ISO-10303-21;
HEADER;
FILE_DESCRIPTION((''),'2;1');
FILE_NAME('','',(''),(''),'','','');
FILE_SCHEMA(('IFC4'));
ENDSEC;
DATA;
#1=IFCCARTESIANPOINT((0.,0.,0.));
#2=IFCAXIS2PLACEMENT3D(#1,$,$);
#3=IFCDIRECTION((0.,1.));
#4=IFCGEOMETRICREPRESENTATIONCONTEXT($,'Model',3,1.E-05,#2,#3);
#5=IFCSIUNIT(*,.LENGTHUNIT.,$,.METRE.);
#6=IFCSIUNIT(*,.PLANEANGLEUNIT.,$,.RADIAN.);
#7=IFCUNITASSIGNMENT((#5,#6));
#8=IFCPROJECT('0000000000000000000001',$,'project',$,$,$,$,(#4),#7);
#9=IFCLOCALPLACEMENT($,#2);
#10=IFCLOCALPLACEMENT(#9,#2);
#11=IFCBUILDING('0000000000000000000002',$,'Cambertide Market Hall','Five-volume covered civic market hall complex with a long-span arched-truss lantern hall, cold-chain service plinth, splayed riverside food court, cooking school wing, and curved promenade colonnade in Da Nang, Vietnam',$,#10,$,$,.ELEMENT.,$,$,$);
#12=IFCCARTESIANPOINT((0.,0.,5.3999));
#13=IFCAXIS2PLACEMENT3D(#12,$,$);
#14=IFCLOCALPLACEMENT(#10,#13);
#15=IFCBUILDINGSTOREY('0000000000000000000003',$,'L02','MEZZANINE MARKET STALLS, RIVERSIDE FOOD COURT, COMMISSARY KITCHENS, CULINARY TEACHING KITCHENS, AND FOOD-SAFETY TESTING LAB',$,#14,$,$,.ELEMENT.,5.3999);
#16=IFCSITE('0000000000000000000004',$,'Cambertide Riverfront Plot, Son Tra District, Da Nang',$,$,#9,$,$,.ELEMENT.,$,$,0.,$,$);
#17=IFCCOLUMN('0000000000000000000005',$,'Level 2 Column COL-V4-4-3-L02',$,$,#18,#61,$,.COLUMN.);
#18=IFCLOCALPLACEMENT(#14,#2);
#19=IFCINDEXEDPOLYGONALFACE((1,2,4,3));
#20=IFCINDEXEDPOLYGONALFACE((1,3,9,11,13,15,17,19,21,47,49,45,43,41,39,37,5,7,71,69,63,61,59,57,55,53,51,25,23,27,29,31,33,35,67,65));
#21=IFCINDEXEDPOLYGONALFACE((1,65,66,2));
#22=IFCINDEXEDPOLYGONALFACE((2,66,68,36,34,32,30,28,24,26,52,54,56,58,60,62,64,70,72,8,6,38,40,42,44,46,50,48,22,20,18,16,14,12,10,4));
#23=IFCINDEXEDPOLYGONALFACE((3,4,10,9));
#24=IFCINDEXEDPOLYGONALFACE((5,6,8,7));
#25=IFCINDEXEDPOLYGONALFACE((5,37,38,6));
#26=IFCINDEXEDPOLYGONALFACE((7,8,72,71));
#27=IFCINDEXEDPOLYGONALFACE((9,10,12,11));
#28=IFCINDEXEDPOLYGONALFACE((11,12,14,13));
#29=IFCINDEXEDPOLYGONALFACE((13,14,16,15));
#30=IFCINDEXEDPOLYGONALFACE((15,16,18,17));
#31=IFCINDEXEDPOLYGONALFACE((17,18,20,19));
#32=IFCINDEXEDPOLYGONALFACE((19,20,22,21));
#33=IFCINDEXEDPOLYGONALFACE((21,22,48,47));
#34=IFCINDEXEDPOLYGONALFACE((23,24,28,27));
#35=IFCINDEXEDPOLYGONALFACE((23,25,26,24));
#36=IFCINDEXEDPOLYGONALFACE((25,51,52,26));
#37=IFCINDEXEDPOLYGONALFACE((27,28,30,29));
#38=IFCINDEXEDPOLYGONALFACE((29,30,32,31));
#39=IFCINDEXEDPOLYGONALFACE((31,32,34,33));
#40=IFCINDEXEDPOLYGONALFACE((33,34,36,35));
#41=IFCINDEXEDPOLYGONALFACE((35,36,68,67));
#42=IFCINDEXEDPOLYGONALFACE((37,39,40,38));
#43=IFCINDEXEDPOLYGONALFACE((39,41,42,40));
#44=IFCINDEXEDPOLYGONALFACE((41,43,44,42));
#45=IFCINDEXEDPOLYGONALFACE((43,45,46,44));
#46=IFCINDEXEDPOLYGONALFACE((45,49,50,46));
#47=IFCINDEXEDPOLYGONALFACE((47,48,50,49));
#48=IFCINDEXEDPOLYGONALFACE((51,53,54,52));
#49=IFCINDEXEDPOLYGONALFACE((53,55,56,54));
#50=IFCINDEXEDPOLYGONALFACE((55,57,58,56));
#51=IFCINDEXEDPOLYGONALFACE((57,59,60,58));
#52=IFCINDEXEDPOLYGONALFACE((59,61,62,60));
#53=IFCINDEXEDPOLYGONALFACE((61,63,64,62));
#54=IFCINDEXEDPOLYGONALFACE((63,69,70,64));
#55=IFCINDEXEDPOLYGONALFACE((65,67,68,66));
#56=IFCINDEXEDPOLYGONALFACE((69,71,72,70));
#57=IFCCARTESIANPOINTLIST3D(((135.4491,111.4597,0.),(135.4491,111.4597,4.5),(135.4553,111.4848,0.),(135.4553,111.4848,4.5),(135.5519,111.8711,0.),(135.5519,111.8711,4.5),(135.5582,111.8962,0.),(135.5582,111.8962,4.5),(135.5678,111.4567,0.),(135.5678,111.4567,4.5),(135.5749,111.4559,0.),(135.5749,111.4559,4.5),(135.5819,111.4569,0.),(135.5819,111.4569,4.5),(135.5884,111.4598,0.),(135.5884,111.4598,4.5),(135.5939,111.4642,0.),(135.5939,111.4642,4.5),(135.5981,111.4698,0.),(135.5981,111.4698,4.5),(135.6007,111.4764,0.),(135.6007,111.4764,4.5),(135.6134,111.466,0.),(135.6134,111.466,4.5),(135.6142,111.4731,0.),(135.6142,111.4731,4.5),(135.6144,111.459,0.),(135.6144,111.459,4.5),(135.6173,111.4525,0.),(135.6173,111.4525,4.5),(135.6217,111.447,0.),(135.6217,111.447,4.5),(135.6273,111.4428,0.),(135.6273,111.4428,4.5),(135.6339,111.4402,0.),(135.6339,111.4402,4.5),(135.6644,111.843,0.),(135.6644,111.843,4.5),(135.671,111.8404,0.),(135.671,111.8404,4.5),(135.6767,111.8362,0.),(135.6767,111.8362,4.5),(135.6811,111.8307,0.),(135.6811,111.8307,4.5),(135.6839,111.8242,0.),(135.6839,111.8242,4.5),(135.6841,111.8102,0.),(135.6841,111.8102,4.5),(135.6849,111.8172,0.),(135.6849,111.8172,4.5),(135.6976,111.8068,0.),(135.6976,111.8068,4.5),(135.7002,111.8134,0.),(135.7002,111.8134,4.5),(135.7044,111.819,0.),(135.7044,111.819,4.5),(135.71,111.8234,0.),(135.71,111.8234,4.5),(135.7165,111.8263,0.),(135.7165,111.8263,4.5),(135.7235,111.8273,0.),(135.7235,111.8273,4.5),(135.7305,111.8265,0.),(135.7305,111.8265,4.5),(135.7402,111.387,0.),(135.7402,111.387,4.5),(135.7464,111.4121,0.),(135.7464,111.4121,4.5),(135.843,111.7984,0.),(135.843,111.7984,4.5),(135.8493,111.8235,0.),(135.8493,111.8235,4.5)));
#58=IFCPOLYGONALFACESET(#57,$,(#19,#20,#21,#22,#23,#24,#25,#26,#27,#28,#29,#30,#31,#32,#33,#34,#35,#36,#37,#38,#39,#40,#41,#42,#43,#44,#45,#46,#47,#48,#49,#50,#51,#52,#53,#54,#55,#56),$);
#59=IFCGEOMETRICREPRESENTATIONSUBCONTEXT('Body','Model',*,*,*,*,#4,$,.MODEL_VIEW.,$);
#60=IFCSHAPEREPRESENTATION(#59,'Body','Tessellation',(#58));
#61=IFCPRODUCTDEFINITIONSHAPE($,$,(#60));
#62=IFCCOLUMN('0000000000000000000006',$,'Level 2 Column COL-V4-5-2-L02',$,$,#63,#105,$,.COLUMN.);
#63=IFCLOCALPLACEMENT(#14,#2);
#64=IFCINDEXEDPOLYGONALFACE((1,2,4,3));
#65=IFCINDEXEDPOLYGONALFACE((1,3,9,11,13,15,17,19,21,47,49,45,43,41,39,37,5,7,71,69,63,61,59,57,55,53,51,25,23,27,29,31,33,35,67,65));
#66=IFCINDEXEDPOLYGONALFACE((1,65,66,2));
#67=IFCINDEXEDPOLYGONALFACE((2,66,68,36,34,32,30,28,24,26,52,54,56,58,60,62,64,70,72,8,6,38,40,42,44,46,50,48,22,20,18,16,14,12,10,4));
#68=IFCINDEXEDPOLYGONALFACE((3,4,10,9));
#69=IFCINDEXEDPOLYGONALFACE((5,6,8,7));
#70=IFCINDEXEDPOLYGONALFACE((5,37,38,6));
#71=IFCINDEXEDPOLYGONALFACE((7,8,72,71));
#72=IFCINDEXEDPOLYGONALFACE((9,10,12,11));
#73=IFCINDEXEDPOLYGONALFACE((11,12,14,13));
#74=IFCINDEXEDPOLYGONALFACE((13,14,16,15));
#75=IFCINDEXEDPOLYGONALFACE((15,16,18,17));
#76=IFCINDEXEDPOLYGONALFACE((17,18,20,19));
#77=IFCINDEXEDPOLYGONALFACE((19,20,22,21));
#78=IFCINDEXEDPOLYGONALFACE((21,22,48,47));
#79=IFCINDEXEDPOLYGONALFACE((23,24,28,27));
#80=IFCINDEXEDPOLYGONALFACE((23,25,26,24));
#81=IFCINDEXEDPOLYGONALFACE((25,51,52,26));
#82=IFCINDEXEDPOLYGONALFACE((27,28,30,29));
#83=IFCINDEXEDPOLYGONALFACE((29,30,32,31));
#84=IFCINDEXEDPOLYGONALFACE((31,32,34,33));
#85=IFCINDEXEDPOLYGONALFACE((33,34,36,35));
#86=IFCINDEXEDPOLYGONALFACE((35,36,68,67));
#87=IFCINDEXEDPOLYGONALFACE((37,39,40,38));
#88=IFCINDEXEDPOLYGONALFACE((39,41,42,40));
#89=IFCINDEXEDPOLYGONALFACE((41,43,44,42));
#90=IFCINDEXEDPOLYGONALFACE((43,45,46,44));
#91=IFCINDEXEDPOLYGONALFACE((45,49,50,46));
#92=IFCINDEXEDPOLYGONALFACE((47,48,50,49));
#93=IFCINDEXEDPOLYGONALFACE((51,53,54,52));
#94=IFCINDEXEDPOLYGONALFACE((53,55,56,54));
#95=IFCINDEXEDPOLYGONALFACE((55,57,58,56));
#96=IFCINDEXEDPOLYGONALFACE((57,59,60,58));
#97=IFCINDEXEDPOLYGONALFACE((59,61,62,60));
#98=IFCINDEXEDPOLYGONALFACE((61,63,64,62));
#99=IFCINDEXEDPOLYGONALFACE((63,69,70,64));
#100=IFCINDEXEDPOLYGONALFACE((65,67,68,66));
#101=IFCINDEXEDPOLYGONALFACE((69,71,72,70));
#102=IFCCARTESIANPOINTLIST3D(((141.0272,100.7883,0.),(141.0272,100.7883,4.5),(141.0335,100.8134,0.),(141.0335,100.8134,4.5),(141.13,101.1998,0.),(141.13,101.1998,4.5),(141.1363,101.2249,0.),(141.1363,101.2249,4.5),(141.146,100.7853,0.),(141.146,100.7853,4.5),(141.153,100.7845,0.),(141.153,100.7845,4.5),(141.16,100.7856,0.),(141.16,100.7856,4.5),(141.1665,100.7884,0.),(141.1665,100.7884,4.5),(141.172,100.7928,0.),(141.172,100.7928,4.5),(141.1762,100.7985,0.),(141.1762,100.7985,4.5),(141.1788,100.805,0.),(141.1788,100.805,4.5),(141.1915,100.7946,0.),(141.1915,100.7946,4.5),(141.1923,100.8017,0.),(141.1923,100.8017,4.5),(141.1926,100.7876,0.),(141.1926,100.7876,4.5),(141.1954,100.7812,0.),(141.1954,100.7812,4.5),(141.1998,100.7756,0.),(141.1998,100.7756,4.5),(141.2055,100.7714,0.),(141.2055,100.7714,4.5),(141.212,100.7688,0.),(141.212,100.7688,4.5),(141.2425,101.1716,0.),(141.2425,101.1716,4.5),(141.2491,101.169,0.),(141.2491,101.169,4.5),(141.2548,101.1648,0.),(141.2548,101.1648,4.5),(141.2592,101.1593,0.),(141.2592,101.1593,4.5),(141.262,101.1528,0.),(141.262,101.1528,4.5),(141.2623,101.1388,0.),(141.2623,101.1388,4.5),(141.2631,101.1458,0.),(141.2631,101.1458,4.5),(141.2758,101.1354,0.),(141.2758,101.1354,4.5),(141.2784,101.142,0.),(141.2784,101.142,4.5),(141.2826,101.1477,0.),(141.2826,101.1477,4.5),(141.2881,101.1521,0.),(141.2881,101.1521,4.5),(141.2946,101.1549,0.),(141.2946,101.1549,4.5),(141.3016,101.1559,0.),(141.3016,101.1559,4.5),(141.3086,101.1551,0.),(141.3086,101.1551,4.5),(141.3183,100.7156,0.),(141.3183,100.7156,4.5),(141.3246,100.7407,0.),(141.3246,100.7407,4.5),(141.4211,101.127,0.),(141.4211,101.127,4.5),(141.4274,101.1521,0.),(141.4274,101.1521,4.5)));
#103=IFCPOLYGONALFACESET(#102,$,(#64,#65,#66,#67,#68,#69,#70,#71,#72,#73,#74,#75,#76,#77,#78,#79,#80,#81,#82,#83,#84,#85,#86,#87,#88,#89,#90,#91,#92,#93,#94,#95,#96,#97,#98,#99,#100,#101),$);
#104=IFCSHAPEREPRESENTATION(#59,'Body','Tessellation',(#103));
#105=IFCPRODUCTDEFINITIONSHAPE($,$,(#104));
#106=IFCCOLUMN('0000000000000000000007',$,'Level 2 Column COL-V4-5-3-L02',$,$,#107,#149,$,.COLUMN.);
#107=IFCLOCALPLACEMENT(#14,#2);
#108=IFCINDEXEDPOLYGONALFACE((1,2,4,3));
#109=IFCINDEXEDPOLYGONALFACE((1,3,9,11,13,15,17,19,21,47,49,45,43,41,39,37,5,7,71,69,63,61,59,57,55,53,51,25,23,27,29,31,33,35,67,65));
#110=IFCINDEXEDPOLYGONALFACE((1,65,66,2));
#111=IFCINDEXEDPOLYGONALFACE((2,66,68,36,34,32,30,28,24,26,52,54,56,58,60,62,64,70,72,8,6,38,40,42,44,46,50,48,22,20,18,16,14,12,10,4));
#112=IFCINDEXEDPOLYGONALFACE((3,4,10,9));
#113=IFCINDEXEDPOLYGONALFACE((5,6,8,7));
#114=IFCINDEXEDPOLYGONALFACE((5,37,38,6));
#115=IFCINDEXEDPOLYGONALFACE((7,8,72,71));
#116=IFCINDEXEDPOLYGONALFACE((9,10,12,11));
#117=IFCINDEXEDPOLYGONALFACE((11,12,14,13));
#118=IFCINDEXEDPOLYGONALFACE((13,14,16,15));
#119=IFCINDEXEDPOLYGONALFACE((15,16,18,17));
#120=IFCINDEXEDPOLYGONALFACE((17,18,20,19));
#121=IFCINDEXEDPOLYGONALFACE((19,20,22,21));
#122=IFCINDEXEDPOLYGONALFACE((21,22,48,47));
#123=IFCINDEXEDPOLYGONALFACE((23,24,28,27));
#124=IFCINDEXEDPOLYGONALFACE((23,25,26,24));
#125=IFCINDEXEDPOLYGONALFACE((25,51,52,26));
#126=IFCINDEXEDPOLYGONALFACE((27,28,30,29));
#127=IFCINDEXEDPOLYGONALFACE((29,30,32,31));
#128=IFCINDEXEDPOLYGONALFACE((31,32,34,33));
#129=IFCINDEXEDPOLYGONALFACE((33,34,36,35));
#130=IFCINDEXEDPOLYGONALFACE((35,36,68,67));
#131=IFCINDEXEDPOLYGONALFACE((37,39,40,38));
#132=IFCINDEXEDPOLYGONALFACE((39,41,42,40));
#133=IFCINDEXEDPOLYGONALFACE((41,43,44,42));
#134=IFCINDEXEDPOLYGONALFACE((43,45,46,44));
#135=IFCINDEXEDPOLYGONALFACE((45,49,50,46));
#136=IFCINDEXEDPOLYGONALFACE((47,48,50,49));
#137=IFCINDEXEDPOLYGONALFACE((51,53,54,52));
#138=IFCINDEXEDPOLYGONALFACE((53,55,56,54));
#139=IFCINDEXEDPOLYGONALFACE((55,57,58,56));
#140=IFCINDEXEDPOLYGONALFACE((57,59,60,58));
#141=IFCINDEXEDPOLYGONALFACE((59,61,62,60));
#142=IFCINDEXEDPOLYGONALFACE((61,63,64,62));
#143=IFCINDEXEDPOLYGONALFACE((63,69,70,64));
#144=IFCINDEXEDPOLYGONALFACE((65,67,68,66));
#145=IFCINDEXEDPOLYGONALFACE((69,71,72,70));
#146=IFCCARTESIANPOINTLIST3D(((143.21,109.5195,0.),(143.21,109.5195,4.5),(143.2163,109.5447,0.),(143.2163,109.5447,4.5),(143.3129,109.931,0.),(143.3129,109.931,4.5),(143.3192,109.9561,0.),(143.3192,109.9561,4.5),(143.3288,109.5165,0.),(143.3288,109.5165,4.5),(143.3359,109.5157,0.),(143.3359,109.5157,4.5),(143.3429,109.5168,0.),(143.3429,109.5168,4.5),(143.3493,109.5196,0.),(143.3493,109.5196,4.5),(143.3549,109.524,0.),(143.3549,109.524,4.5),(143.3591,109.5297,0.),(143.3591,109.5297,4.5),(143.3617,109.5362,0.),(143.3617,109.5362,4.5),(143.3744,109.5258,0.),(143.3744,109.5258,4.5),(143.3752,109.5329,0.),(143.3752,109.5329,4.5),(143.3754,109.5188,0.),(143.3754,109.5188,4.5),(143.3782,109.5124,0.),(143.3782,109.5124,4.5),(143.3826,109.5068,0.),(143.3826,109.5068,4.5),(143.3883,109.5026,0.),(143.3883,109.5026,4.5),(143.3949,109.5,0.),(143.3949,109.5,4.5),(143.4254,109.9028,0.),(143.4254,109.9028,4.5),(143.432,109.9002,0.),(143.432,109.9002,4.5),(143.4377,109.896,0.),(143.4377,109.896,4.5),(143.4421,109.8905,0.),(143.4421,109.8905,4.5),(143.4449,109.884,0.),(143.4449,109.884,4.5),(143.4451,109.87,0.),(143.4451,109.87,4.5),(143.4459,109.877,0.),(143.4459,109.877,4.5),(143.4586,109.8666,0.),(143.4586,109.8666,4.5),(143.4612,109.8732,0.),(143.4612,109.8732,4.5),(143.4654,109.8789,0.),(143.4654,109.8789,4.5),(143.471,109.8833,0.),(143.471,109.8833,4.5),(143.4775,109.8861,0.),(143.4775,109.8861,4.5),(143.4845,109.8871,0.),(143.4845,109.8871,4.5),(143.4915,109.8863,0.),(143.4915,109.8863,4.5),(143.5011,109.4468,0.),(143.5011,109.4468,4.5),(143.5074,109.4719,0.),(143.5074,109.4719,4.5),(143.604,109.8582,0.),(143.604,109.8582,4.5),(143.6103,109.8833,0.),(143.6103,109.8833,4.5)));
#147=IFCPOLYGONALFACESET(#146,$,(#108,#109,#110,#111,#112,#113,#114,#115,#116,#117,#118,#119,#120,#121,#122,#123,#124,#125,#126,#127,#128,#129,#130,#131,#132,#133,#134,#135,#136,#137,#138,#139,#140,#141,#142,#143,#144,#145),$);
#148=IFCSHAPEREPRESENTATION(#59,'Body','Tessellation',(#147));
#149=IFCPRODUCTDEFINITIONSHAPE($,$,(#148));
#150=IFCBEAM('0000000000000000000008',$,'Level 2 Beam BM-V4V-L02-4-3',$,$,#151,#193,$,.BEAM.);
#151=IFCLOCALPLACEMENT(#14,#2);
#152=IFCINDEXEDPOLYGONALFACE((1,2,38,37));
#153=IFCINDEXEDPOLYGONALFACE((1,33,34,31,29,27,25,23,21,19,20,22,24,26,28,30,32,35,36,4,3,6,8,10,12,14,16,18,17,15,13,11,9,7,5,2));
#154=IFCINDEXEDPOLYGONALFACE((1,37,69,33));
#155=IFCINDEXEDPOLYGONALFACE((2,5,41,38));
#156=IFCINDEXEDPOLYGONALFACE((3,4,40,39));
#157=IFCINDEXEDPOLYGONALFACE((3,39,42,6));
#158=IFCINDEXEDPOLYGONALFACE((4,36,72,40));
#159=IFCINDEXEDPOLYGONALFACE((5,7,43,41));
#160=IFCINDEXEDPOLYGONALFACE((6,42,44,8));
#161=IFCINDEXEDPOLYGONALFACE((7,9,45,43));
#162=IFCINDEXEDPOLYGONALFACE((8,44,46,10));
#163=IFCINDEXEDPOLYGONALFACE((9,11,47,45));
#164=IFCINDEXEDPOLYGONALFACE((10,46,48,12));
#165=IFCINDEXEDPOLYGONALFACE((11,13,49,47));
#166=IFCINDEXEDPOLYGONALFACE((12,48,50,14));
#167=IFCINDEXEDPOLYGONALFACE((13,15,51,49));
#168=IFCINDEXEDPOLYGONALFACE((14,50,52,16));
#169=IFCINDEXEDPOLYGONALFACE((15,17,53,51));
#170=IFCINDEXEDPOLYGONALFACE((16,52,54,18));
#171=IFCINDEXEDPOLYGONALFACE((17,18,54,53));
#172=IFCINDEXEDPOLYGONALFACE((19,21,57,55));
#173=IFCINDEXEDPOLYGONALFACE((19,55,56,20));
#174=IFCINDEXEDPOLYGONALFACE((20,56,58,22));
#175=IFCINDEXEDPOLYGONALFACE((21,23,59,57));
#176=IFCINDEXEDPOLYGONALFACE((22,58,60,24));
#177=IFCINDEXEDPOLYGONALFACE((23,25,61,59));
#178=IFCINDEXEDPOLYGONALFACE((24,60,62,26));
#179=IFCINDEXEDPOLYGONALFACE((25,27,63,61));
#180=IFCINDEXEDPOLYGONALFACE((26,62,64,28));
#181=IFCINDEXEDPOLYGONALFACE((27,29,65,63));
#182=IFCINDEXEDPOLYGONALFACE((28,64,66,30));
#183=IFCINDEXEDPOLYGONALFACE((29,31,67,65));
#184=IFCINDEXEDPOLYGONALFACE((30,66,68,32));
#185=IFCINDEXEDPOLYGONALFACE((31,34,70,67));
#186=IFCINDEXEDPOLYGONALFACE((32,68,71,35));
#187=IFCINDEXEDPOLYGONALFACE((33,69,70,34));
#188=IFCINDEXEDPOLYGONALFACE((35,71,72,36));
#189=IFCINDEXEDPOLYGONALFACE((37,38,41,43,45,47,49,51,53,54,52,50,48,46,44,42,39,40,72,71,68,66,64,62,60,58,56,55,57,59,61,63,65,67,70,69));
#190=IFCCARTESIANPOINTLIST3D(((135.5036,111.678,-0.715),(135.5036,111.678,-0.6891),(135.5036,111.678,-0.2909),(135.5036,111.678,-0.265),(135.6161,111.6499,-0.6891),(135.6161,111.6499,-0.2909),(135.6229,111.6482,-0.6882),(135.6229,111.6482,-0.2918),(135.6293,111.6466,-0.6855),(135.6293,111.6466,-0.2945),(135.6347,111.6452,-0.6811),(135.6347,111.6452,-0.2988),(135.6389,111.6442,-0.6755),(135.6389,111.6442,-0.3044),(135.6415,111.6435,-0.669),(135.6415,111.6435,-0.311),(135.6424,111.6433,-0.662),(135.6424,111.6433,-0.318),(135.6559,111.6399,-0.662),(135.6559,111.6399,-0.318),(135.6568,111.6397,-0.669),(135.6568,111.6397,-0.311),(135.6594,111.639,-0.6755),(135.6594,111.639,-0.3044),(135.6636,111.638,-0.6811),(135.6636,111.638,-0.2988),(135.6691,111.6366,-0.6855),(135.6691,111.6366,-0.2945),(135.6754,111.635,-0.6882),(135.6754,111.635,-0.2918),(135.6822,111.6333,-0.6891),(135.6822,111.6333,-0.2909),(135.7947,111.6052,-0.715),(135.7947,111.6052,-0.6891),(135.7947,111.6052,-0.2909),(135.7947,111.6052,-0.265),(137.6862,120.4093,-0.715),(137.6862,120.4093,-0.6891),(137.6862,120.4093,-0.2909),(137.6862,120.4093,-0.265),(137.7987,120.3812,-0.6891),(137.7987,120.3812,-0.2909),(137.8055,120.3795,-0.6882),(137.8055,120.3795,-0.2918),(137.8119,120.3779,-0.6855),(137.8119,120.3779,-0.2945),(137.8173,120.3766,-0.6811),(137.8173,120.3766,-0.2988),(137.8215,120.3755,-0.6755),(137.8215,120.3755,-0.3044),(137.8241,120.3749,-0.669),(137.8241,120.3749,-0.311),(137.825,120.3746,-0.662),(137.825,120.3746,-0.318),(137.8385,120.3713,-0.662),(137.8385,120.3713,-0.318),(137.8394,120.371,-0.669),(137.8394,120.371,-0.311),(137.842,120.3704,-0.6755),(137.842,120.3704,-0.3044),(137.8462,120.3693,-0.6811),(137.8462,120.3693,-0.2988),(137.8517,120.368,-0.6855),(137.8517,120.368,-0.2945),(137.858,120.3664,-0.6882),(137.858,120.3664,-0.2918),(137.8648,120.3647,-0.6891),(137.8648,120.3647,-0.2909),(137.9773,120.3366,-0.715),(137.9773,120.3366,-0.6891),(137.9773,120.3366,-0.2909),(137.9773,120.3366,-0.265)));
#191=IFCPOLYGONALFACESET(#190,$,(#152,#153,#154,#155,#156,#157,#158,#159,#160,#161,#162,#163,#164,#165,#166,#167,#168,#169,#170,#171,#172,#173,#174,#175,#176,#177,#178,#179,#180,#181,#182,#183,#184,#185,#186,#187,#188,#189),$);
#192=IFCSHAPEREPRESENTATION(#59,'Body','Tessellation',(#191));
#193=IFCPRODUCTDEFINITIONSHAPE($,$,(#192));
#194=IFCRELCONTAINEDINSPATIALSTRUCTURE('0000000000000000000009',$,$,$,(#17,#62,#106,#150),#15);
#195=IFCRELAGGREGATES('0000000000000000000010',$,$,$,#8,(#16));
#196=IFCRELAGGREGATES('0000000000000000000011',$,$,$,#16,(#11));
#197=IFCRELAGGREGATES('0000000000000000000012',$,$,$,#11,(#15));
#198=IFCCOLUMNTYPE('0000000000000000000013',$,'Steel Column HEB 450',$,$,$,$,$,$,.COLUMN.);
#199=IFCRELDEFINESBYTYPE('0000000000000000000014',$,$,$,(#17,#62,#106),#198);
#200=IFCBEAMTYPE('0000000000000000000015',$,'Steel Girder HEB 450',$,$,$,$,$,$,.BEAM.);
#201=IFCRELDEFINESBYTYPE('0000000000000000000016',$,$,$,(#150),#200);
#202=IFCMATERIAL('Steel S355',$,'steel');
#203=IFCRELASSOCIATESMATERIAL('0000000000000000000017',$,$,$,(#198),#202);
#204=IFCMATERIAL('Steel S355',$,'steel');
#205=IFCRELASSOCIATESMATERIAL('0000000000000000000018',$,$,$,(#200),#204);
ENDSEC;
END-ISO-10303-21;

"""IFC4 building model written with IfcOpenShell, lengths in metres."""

from ifc_helpers import new_model, si_unit, direction, frame, origin, origin_2d, place, context, subcontext, project, spatial, i_section, extrude, material, material_profile, profile_set, type_object, element, save


model = new_model("IFC4")

# Units and contexts
model_context = context("Model", 3, precision=1e-05, world=origin(), true_north=direction((0.0, 1.0)))
body_context = subcontext(model_context, "Body", "Model", "MODEL_VIEW")
ifc_project = project(units=[si_unit("LENGTHUNIT", "METRE"), si_unit("PLANEANGLEUNIT", "RADIAN")], contexts=[model_context])

# Site, building, storey
site_placement = place(None, origin())
site = spatial("IfcSite", under=ifc_project, at=site_placement, Name="Cambertide Riverfront Plot, Son Tra District, Da Nang", CompositionType="ELEMENT", RefElevation=0.0)
building_placement = place(site_placement, origin())
building = spatial("IfcBuilding", under=site, at=building_placement, Name="Cambertide Market Hall", Description="Five-volume covered civic market hall complex with a long-span arched-truss lantern hall, cold-chain service plinth, splayed riverside food court, cooking school wing, and curved promenade colonnade in Da Nang, Vietnam", CompositionType="ELEMENT")
storey_placement = place(building_placement, frame((0.0, 0.0, 5.3999)))
storey = spatial("IfcBuildingStorey", under=building, at=storey_placement, Name="L02", Description="MEZZANINE MARKET STALLS, RIVERSIDE FOOD COURT, COMMISSARY KITCHENS, CULINARY TEACHING KITCHENS, AND FOOD-SAFETY TESTING LAB", CompositionType="ELEMENT", Elevation=5.3999)

# Columns
ifc_material_1 = material(Name="Steel S355", Category="steel")
ifc_material_profile_1 = material_profile(ifc_material_1, i_section(OverallWidth=0.3, OverallDepth=0.45, WebThickness=0.0139, FlangeThickness=0.0259, FilletRadius=0.0271, at=origin_2d()), Name="HEB 450")
ifc_profile_set_1 = profile_set([ifc_material_profile_1], Name="Steel S355")
column_type = type_object("IfcColumnType", Name="Steel Column HEB 450", PredefinedType="COLUMN", material=ifc_profile_set_1)
for number, where, z_axis, x_axis, name in (
    (1, (135.6492, 111.6416, 0.0), (0.0, 0.0, 1.0), (0.970143, -0.242536, 0.0), "Level 2 Column COL-V4-4-3-L02"),
    (2, (141.2273, 100.9702, 0.0), (0.0, 0.0, 1.0), (0.970143, -0.242536, 0.0), "Level 2 Column COL-V4-5-2-L02"),
    (3, (143.4102, 109.7014, 0.0), (0.0, 0.0, 1.0), (0.970143, -0.242536, 0.0), "Level 2 Column COL-V4-5-3-L02"),
):
    element("IfcColumn", number, at=place(storey_placement, frame(where, z_axis=z_axis, x_axis=x_axis)), inside=storey, type_object=column_type, Name=name, PredefinedType="COLUMN", context=body_context, shape_type="SweptSolid", body=[
        extrude(i_section(OverallWidth=0.3, OverallDepth=0.45, WebThickness=0.0139, FlangeThickness=0.0259, FilletRadius=0.0271, at=origin_2d()), origin(), (0.0, 0.0, 1.0), 4.5),
    ])

# Beam
ifc_material_2 = material(Name="Steel S355", Category="steel")
ifc_material_profile_2 = material_profile(ifc_material_2, i_section(OverallWidth=0.3, OverallDepth=0.45, WebThickness=0.0139, FlangeThickness=0.0259, FilletRadius=0.0271, at=origin_2d()), Name="HEB 450")
ifc_profile_set_2 = profile_set([ifc_material_profile_2], Name="Steel S355")
beam_type_1 = type_object("IfcBeamType", Name="Steel Girder HEB 450", PredefinedType="BEAM", material=ifc_profile_set_2)
for number, where, z_axis, x_axis, name in (
    (4, (135.6492, 111.6416, -0.49), (0.24251, 0.970149, 0.0), (-0.970149, 0.24251, 0.0), "Level 2 Beam BM-V4V-L02-4-3"),
):
    element("IfcBeam", number, at=place(storey_placement, frame(where, z_axis=z_axis, x_axis=x_axis)), inside=storey, type_object=beam_type_1, Name=name, PredefinedType="BEAM", context=body_context, shape_type="SweptSolid", body=[
        extrude(i_section(OverallWidth=0.3, OverallDepth=0.45, WebThickness=0.0139, FlangeThickness=0.0259, FilletRadius=0.0271, at=origin_2d()), origin(), (0.0, 0.0, 1.0), 9.0),
    ])

save(model, "model.ifc")
